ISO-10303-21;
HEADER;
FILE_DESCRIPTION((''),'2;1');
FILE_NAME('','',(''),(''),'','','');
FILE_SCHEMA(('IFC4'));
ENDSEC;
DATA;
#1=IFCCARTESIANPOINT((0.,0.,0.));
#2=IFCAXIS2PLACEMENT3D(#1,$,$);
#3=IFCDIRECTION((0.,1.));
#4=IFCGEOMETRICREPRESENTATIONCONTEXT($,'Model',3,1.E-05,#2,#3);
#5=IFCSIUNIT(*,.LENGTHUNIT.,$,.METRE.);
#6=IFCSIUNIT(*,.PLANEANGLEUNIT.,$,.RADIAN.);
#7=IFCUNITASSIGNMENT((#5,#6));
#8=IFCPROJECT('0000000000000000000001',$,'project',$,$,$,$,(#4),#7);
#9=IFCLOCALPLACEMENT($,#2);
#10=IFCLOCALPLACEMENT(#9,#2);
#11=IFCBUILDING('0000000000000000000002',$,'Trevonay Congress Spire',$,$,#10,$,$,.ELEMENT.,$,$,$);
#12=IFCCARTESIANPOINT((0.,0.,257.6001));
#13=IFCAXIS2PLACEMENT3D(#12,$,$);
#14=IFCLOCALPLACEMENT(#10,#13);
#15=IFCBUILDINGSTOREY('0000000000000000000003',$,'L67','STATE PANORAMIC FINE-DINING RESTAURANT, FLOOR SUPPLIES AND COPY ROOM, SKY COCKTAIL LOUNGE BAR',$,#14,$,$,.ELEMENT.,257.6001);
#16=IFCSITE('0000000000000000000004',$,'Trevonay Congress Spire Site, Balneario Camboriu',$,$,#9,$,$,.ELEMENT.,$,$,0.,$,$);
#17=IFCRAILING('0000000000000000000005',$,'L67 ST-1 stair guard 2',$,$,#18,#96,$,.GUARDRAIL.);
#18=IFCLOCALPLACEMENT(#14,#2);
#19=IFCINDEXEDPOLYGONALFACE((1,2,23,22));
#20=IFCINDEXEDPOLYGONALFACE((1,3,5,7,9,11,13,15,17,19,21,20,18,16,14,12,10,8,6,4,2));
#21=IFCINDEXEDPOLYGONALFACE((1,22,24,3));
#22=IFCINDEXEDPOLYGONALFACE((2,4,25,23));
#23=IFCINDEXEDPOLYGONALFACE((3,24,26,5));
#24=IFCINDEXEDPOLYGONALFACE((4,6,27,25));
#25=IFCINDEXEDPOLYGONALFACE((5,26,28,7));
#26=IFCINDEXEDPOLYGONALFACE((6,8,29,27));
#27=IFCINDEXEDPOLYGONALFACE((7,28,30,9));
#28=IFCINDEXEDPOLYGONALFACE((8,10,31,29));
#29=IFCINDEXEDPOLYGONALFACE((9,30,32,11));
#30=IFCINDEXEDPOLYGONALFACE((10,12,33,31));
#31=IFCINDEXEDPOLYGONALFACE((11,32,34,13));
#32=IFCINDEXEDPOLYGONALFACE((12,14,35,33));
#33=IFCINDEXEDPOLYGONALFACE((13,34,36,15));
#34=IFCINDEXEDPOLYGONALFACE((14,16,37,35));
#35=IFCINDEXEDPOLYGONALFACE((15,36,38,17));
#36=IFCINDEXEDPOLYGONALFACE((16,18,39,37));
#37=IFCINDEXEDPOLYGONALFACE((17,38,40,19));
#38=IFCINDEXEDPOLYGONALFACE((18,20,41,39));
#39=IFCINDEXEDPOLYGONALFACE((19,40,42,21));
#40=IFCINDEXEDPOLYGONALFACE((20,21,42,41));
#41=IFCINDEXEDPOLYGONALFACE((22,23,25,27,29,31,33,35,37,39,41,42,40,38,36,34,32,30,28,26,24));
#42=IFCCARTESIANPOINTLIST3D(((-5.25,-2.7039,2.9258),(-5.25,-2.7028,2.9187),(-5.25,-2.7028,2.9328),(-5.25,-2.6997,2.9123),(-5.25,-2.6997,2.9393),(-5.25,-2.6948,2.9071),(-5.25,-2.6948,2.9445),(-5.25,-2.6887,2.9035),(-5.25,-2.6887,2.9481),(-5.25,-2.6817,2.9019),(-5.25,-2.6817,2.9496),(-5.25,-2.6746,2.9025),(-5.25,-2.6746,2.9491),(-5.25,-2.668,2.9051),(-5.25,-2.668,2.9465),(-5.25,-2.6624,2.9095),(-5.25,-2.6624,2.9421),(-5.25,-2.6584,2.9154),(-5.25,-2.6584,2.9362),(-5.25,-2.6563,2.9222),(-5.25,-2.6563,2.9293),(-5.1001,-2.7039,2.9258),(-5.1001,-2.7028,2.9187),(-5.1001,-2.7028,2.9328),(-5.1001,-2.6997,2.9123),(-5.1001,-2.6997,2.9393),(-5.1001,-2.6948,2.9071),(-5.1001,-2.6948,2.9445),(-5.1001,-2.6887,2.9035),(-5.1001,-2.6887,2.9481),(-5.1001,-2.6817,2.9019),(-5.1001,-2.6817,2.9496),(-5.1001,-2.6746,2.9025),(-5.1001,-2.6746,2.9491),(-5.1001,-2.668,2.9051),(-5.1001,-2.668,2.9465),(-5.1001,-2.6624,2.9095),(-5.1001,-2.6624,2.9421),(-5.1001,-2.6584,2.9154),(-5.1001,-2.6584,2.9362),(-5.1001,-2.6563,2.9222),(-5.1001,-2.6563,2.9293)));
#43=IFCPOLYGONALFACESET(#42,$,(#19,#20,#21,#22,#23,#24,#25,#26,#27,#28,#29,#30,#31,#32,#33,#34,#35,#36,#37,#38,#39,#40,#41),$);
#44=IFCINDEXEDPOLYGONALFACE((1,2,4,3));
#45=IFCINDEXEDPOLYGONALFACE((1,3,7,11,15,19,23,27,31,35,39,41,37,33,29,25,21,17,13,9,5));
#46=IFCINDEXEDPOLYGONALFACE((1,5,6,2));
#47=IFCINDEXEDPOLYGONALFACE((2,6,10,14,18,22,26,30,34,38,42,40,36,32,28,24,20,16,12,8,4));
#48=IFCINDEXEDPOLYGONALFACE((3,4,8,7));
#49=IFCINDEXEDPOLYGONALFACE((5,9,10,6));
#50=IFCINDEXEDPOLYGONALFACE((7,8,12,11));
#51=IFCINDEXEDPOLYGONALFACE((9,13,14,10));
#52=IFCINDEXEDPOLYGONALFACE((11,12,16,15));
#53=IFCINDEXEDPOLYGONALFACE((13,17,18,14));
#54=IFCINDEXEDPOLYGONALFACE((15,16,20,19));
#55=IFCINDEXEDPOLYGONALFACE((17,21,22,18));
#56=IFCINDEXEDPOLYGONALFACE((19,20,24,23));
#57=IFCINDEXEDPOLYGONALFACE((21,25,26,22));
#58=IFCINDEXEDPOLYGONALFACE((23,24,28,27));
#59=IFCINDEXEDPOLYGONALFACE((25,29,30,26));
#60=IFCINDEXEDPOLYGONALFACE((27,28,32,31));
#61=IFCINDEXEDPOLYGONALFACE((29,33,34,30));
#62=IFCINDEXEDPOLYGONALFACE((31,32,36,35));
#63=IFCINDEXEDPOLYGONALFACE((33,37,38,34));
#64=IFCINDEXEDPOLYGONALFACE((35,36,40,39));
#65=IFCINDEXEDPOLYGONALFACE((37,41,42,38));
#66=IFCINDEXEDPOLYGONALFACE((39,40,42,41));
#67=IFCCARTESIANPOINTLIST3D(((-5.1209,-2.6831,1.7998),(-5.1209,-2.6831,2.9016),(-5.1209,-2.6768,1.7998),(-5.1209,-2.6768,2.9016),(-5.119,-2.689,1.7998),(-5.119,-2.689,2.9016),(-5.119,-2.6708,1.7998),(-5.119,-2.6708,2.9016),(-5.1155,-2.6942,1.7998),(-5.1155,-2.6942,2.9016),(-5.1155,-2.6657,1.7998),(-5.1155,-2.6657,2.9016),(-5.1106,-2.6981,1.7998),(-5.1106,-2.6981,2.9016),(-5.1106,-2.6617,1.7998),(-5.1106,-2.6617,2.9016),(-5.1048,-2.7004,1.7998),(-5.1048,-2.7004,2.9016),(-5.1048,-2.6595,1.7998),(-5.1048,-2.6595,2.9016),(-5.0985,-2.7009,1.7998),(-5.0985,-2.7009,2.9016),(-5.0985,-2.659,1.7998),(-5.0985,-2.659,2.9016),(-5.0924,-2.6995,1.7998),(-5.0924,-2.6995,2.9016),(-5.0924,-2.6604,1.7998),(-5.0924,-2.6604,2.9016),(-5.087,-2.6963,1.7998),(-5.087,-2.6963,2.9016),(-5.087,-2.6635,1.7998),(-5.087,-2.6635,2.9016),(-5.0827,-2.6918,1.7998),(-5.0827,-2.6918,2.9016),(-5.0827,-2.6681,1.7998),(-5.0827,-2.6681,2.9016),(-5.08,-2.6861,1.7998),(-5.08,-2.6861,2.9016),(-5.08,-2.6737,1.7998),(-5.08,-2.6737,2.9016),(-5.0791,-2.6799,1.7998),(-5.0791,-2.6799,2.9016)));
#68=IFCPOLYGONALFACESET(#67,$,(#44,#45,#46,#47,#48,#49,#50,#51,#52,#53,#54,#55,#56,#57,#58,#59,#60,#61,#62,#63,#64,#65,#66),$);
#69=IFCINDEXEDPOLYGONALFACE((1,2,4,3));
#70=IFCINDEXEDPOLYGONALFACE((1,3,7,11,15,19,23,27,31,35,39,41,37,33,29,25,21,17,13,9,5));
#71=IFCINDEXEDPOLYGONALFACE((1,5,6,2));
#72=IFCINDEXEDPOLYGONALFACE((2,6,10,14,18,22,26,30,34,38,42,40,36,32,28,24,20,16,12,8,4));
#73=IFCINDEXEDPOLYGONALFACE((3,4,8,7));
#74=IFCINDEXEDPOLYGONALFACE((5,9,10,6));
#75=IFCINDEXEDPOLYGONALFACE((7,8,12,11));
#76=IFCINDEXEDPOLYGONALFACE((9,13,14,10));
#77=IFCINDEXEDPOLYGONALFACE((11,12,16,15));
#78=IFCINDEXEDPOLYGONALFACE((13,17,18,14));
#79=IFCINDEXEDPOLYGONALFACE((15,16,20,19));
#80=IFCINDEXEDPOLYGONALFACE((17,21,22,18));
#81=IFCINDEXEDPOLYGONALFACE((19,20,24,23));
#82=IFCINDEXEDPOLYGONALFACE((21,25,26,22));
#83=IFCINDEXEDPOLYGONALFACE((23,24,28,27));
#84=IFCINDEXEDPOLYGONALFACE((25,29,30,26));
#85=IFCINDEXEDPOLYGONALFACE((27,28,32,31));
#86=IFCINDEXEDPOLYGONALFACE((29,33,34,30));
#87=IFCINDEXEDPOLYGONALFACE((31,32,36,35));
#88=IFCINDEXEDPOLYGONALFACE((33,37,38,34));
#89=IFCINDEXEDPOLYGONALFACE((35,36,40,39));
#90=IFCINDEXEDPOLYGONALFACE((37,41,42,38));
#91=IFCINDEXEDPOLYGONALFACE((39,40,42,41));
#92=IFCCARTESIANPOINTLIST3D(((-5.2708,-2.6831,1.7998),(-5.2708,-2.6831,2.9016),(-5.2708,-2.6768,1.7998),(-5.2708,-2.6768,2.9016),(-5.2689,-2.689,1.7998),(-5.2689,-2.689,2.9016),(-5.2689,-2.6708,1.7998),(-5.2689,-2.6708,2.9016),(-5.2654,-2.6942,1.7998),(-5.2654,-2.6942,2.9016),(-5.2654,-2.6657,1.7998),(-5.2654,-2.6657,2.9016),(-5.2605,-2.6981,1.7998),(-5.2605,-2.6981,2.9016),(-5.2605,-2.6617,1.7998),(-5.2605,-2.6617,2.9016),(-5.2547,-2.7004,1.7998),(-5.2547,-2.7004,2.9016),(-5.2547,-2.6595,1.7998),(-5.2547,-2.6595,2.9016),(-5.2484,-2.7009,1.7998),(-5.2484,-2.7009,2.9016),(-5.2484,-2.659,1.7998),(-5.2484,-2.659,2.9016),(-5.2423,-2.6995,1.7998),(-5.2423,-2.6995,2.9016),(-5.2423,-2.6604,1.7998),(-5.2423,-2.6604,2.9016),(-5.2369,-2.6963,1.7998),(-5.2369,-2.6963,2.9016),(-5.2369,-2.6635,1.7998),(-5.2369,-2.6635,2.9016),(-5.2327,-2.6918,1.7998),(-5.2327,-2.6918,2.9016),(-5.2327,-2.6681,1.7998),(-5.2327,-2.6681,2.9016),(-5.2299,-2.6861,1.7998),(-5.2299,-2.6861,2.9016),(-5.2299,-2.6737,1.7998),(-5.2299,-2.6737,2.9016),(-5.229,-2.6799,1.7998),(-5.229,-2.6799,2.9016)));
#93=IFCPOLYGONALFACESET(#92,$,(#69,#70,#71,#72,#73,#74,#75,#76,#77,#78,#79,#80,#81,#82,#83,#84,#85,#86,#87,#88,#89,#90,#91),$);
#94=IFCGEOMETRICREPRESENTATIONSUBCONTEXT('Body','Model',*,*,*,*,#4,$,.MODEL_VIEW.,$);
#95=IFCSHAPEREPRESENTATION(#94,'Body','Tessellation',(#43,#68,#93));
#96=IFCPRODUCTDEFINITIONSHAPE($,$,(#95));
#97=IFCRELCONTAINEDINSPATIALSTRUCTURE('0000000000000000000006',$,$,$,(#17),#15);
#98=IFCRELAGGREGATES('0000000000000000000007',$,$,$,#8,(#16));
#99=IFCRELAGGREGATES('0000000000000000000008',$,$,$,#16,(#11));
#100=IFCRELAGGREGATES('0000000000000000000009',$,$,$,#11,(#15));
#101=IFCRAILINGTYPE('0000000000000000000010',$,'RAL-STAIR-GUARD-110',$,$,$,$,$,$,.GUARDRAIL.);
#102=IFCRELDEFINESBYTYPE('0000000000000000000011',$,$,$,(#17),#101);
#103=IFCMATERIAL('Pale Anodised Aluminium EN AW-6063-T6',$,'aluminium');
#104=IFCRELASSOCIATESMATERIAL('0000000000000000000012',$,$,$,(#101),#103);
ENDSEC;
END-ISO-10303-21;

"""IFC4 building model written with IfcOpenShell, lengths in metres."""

from ifc_helpers import new_model, si_unit, direction, frame, origin, origin_2d, place, context, subcontext, project, spatial, circle, extrude, material, type_object, element, save


model = new_model("IFC4")

# Units and contexts
model_context = context("Model", 3, precision=1e-05, world=origin(), true_north=direction((0.0, 1.0)))
body_context = subcontext(model_context, "Body", "Model", "MODEL_VIEW")
ifc_project = project(units=[si_unit("LENGTHUNIT", "METRE"), si_unit("PLANEANGLEUNIT", "RADIAN")], contexts=[model_context])

# Site, building, storey
site_placement = place(None, origin())
site = spatial("IfcSite", under=ifc_project, at=site_placement, Name="Trevonay Congress Spire Site, Balneario Camboriu", CompositionType="ELEMENT", RefElevation=0.0)
building_placement = place(site_placement, origin())
building = spatial("IfcBuilding", under=site, at=building_placement, Name="Trevonay Congress Spire", CompositionType="ELEMENT")
storey_placement = place(building_placement, frame((0.0, 0.0, 257.6001)))
storey = spatial("IfcBuildingStorey", under=building, at=storey_placement, Name="L67", Description="STATE PANORAMIC FINE-DINING RESTAURANT, FLOOR SUPPLIES AND COPY ROOM, SKY COCKTAIL LOUNGE BAR", CompositionType="ELEMENT", Elevation=257.6001)

# Railing
ifc_material_1 = material(Name="Pale Anodised Aluminium EN AW-6063-T6", Category="aluminium")
railing_type_1 = type_object("IfcRailingType", Name="RAL-STAIR-GUARD-110", PredefinedType="GUARDRAIL", material=ifc_material_1)
railing_1_placement = place(storey_placement, frame((-5.1001, -2.6799, 1.7998)))
element("IfcRailing", 1, at=railing_1_placement, inside=storey, type_object=railing_type_1, Name="L67 ST-1 stair guard 2", PredefinedType="GUARDRAIL", context=body_context, shape_type="SweptSolid", body=[
    extrude(circle(Radius=0.0239, at=origin_2d()), frame((0.0, 0.0, 1.126), z_axis=(-1.0, 0.0, 0.0), x_axis=(0.0, -1.0, 0.0)), (0.0, 0.0, 1.0), 0.1499),
    extrude(circle(Radius=0.021, at=origin_2d()), origin(), (0.0, 0.0, 1.0), 1.1018),
    extrude(circle(Radius=0.021, at=origin_2d()), frame((-0.1499, 0.0, 0.0)), (0.0, 0.0, 1.0), 1.1018),
])

save(model, "model.ifc")
